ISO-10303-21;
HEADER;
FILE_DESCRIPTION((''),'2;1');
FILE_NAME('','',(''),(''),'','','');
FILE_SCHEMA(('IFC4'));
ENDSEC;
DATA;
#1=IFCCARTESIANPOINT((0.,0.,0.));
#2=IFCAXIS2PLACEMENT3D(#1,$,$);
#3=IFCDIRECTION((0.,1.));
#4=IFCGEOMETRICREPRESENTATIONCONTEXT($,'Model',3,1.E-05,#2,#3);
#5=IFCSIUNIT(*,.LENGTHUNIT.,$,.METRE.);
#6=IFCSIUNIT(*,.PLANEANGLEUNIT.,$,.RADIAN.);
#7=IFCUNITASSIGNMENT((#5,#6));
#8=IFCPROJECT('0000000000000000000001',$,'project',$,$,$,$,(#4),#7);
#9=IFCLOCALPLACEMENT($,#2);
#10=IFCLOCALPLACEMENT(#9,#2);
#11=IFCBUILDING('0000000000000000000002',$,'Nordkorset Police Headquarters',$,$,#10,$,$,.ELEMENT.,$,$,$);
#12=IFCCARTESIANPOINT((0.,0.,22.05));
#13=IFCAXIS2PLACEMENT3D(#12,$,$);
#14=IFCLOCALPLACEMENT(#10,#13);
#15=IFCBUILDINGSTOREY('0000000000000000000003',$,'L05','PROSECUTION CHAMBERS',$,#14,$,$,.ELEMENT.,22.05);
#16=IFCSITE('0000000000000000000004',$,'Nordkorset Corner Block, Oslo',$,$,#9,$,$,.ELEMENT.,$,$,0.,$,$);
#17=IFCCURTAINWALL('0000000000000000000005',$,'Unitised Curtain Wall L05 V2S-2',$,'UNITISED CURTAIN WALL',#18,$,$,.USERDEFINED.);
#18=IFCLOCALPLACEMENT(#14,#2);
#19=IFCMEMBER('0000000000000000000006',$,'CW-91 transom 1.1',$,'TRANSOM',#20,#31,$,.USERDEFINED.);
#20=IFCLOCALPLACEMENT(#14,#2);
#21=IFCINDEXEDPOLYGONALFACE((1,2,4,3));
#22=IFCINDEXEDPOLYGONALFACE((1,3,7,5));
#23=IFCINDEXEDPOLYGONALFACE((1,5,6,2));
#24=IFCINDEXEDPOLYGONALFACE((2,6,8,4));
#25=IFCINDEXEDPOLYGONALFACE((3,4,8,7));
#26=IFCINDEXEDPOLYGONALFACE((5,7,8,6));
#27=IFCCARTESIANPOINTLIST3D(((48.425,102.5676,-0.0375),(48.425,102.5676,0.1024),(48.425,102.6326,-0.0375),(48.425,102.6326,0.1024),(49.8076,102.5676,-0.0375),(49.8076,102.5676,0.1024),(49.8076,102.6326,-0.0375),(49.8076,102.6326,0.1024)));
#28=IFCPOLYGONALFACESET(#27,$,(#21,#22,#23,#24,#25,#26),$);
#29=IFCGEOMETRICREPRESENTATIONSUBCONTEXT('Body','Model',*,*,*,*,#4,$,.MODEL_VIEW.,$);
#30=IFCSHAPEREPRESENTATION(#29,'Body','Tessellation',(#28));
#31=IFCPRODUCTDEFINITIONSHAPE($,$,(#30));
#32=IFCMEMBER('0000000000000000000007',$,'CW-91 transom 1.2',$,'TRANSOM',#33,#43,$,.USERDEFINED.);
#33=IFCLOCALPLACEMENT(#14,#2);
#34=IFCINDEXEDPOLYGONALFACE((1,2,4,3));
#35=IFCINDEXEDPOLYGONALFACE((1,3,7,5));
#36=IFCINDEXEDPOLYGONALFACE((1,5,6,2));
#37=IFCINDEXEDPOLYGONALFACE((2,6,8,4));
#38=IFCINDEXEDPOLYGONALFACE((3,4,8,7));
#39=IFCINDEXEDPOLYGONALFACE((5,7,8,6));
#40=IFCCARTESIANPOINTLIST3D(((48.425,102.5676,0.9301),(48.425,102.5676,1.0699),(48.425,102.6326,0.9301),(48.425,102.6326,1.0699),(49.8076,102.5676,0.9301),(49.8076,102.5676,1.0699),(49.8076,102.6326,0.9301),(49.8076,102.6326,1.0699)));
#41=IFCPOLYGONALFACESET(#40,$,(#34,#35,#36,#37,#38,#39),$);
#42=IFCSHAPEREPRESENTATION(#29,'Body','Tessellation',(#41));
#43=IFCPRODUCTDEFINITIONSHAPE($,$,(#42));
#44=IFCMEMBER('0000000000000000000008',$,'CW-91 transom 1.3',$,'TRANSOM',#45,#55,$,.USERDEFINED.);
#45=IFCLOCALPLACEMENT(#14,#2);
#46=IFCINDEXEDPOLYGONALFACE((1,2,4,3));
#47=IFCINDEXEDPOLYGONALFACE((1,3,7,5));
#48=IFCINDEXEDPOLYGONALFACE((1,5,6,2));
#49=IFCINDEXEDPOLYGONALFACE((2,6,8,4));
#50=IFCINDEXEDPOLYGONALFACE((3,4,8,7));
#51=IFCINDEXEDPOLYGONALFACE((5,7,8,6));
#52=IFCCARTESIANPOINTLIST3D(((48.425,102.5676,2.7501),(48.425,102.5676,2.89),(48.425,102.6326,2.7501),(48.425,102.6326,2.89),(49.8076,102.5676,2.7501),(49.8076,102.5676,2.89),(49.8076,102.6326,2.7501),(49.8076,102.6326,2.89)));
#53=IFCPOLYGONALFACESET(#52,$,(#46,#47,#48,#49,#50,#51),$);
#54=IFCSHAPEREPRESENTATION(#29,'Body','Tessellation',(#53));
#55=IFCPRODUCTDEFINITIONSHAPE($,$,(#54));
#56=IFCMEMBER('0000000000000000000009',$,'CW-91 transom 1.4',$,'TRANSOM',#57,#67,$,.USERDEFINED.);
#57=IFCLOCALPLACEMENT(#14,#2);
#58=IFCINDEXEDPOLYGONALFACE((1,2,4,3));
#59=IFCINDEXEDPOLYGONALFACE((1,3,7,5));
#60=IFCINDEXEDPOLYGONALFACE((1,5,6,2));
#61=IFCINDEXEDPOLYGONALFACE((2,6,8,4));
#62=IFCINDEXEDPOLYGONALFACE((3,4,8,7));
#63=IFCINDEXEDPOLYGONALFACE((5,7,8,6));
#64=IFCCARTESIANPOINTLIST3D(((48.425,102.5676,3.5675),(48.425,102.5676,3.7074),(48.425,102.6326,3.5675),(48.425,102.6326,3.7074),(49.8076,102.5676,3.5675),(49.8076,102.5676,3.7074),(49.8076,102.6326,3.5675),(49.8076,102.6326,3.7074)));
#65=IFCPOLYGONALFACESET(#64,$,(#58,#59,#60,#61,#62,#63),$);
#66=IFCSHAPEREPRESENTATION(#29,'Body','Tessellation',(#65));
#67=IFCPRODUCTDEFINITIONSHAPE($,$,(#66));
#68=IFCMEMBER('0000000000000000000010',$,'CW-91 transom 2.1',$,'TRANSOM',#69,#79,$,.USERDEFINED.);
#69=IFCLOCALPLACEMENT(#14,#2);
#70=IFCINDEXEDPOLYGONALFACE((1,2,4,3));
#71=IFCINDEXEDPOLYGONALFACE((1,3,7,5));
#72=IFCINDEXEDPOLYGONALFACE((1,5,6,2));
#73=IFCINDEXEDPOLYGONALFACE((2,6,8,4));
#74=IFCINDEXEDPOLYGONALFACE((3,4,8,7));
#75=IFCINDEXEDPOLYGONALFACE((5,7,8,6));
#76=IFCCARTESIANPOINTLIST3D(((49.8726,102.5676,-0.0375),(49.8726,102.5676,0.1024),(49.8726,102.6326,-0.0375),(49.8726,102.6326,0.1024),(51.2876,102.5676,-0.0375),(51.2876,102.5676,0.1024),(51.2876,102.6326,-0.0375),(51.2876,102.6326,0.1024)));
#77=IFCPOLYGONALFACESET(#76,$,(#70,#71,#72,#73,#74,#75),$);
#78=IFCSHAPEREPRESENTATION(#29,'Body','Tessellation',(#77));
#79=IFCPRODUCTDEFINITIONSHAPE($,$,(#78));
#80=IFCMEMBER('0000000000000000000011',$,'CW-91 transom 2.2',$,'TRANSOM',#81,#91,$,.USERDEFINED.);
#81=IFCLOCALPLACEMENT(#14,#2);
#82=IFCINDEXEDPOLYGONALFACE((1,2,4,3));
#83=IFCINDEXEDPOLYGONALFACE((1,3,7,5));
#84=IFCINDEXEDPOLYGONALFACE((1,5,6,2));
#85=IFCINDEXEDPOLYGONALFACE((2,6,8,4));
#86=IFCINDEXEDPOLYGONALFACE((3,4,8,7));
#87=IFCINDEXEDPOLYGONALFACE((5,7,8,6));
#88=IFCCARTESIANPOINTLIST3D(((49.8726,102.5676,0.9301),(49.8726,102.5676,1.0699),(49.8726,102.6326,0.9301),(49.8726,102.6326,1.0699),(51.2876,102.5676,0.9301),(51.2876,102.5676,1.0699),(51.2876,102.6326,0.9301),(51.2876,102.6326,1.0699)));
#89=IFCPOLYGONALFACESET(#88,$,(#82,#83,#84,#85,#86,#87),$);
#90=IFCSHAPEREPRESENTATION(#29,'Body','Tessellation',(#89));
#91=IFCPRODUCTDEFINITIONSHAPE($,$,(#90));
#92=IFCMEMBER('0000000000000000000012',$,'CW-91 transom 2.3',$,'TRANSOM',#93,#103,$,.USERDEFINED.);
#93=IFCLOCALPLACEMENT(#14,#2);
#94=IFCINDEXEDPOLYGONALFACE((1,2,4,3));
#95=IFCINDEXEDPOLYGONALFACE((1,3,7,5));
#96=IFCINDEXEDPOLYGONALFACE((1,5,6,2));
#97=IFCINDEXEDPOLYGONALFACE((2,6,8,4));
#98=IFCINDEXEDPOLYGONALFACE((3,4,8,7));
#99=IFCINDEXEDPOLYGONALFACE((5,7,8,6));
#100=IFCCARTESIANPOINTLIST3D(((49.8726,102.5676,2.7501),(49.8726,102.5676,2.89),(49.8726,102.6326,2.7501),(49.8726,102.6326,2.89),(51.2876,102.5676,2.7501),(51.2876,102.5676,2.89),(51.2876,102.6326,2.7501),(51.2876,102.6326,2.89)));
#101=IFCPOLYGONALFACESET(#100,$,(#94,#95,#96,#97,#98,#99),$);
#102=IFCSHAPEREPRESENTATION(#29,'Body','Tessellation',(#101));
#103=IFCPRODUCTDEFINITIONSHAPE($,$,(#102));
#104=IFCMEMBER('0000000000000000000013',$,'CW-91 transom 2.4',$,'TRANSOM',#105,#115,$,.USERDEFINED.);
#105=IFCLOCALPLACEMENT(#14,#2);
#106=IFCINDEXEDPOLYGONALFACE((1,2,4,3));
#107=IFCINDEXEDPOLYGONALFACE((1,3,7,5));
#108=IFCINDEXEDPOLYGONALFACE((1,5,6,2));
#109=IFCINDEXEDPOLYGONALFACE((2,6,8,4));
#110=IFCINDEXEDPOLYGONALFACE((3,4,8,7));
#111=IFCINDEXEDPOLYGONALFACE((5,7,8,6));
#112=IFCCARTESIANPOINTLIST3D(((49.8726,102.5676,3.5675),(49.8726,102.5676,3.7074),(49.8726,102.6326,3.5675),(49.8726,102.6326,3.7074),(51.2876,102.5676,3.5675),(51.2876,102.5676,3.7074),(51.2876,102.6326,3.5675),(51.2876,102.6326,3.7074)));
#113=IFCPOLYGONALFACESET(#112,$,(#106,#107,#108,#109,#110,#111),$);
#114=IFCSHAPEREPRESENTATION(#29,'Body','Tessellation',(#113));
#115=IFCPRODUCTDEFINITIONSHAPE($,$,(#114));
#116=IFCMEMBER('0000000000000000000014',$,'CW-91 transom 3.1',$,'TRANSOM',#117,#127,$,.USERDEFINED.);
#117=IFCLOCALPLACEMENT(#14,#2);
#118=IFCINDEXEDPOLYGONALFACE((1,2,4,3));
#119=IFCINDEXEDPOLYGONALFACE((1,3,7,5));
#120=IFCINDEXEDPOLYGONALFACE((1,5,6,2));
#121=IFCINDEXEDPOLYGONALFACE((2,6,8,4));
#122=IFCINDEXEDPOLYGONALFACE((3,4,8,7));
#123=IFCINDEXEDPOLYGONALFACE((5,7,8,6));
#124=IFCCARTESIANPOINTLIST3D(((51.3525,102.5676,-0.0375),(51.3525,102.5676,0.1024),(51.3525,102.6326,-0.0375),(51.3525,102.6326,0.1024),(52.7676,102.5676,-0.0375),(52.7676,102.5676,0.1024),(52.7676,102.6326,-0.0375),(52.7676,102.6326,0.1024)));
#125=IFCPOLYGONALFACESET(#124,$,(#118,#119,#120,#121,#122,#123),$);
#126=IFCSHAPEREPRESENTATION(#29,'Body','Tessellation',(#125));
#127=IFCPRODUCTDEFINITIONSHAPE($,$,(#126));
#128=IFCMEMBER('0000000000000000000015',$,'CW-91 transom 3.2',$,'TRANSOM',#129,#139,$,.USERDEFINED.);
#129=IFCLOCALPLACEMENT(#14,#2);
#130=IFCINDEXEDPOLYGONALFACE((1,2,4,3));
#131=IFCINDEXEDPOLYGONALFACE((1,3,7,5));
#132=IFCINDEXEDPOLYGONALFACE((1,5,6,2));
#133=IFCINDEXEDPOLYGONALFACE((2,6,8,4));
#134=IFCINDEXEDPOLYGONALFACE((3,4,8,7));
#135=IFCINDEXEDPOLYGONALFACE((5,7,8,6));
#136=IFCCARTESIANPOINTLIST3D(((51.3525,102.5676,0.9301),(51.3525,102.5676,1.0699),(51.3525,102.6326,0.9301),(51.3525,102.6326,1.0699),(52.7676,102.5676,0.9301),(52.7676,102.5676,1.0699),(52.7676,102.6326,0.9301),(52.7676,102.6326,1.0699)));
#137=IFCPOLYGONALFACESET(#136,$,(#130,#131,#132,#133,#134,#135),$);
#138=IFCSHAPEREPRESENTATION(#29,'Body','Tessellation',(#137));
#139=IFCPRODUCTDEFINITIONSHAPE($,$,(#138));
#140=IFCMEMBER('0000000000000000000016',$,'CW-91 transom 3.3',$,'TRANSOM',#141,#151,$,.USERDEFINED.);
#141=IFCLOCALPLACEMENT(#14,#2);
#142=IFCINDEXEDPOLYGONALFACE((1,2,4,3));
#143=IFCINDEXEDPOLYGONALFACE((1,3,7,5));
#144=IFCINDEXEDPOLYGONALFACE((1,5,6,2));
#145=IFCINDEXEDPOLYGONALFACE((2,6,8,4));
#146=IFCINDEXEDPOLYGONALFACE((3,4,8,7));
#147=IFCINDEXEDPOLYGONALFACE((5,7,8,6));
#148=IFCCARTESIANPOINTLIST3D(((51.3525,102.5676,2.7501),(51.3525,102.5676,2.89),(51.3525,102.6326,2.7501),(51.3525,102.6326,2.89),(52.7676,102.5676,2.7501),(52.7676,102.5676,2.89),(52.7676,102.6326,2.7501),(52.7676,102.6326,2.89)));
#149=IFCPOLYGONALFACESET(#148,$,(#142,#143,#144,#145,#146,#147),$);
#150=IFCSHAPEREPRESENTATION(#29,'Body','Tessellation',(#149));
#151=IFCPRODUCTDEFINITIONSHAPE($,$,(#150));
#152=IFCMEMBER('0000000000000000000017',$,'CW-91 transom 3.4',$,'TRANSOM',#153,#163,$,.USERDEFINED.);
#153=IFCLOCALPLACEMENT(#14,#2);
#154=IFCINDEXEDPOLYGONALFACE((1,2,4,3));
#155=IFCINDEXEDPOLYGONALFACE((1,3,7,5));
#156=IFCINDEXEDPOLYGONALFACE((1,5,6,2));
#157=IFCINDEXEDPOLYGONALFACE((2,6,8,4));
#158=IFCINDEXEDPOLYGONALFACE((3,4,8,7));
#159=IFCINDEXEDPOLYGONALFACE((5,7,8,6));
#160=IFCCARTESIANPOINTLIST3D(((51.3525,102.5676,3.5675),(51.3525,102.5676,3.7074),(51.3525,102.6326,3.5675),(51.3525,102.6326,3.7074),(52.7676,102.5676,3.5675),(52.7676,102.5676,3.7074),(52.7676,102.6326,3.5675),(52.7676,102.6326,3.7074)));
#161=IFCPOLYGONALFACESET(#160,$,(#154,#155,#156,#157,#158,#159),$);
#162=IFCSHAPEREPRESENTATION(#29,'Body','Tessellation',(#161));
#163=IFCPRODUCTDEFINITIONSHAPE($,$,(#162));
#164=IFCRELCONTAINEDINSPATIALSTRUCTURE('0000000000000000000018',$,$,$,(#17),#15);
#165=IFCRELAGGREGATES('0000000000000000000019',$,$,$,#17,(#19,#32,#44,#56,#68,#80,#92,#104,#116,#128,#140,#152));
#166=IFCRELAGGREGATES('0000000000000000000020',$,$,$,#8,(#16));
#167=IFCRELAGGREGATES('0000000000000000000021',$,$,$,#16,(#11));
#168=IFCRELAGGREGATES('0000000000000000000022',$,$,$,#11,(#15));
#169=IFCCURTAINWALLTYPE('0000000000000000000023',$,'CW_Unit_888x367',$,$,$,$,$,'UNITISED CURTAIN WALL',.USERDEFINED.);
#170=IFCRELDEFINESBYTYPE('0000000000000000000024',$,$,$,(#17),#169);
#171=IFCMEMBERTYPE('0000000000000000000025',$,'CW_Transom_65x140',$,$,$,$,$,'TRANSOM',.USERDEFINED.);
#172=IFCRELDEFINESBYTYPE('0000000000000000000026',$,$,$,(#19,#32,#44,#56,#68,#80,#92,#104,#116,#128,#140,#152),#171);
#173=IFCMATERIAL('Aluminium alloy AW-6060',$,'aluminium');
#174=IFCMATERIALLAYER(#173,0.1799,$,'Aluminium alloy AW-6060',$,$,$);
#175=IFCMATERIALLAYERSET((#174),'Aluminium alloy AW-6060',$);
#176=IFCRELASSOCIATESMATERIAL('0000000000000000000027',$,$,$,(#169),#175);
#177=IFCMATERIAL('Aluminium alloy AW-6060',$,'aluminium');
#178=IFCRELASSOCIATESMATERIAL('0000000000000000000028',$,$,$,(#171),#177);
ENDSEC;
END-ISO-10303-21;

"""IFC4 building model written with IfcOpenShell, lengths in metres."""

from ifc_helpers import new_model, si_unit, direction, frame, origin, origin_2d, place, context, subcontext, project, spatial, rectangle, extrude, material, layer, layer_set, material_profile, profile_set, type_object, element, aggregate, save


model = new_model("IFC4")

# Units and contexts
model_context = context("Model", 3, precision=1e-05, world=origin(), true_north=direction((0.0, 1.0)))
body_context = subcontext(model_context, "Body", "Model", "MODEL_VIEW")
ifc_project = project(units=[si_unit("LENGTHUNIT", "METRE"), si_unit("PLANEANGLEUNIT", "RADIAN")], contexts=[model_context])

# Site, building, storey
site_placement = place(None, origin())
site = spatial("IfcSite", under=ifc_project, at=site_placement, Name="Nordkorset Corner Block, Oslo", CompositionType="ELEMENT", RefElevation=0.0)
building_placement = place(site_placement, origin())
building = spatial("IfcBuilding", under=site, at=building_placement, Name="Nordkorset Police Headquarters", CompositionType="ELEMENT")
storey_placement = place(building_placement, frame((0.0, 0.0, 22.05)))
storey = spatial("IfcBuildingStorey", under=building, at=storey_placement, Name="L05", Description="PROSECUTION CHAMBERS", CompositionType="ELEMENT", Elevation=22.05)

# Curtain wall, members
ifc_material_1 = material(Name="Aluminium alloy AW-6060", Category="aluminium")
ifc_layer_1 = layer(ifc_material_1, 0.1799, Name="Aluminium alloy AW-6060")
ifc_layer_set_1 = layer_set([ifc_layer_1], Name="Aluminium alloy AW-6060")
curtain_wall_type = type_object("IfcCurtainWallType", Name="CW_Unit_888x367", ElementType="UNITISED CURTAIN WALL", PredefinedType="USERDEFINED", material=ifc_layer_set_1)
curtain_wall_placement = place(storey_placement, origin())
curtain_wall = element("IfcCurtainWall", 1, at=curtain_wall_placement, inside=storey, type_object=curtain_wall_type, Name="Unitised Curtain Wall L05 V2S-2", ObjectType="UNITISED CURTAIN WALL", PredefinedType="USERDEFINED")
ifc_material_2 = material(Name="Aluminium alloy AW-6060", Category="aluminium")
ifc_material_profile_1 = material_profile(ifc_material_2, rectangle(XDim=0.0649, YDim=0.1399, at=origin_2d()), Name="ALU TRAN 65x140")
ifc_profile_set_1 = profile_set([ifc_material_profile_1], Name="Aluminium alloy AW-6060")
member_type_1 = type_object("IfcMemberType", Name="CW_Transom_65x140", ElementType="TRANSOM", PredefinedType="USERDEFINED", material=ifc_profile_set_1)
member_1_placement = place(storey_placement, frame((48.425, 102.6001, 0.0325), z_axis=(1.0, 0.0, 0.0), x_axis=(0.0, 1.0, 0.0)))
member_1 = element("IfcMember", 2, at=member_1_placement, type_object=member_type_1, Name="CW-91 transom 1.1", ObjectType="TRANSOM", PredefinedType="USERDEFINED", context=body_context, shape_type="SweptSolid", body=[
    extrude(rectangle(XDim=0.0649, YDim=0.1399, at=origin_2d()), origin(), (0.0, 0.0, 1.0), 1.3826),
])
member_2_placement = place(storey_placement, frame((48.425, 102.6001, 1.0), z_axis=(1.0, 0.0, 0.0), x_axis=(0.0, 1.0, 0.0)))
member_2 = element("IfcMember", 3, at=member_2_placement, type_object=member_type_1, Name="CW-91 transom 1.2", ObjectType="TRANSOM", PredefinedType="USERDEFINED", context=body_context, shape_type="SweptSolid", body=[
    extrude(rectangle(XDim=0.0649, YDim=0.1399, at=origin_2d()), origin(), (0.0, 0.0, 1.0), 1.3826),
])
member_3_placement = place(storey_placement, frame((48.425, 102.6001, 2.8201), z_axis=(1.0, 0.0, 0.0), x_axis=(0.0, 1.0, 0.0)))
member_3 = element("IfcMember", 4, at=member_3_placement, type_object=member_type_1, Name="CW-91 transom 1.3", ObjectType="TRANSOM", PredefinedType="USERDEFINED", context=body_context, shape_type="SweptSolid", body=[
    extrude(rectangle(XDim=0.0649, YDim=0.1399, at=origin_2d()), origin(), (0.0, 0.0, 1.0), 1.3826),
])
member_4_placement = place(storey_placement, frame((48.425, 102.6001, 3.6375), z_axis=(1.0, 0.0, 0.0), x_axis=(0.0, 1.0, 0.0)))
member_4 = element("IfcMember", 5, at=member_4_placement, type_object=member_type_1, Name="CW-91 transom 1.4", ObjectType="TRANSOM", PredefinedType="USERDEFINED", context=body_context, shape_type="SweptSolid", body=[
    extrude(rectangle(XDim=0.0649, YDim=0.1399, at=origin_2d()), origin(), (0.0, 0.0, 1.0), 1.3826),
])
member_5_placement = place(storey_placement, frame((49.8726, 102.6001, 0.0325), z_axis=(1.0, 0.0, 0.0), x_axis=(0.0, 1.0, 0.0)))
member_5 = element("IfcMember", 6, at=member_5_placement, type_object=member_type_1, Name="CW-91 transom 2.1", ObjectType="TRANSOM", PredefinedType="USERDEFINED", context=body_context, shape_type="SweptSolid", body=[
    extrude(rectangle(XDim=0.0649, YDim=0.1399, at=origin_2d()), origin(), (0.0, 0.0, 1.0), 1.415),
])
member_6_placement = place(storey_placement, frame((49.8726, 102.6001, 1.0), z_axis=(1.0, 0.0, 0.0), x_axis=(0.0, 1.0, 0.0)))
member_6 = element("IfcMember", 7, at=member_6_placement, type_object=member_type_1, Name="CW-91 transom 2.2", ObjectType="TRANSOM", PredefinedType="USERDEFINED", context=body_context, shape_type="SweptSolid", body=[
    extrude(rectangle(XDim=0.0649, YDim=0.1399, at=origin_2d()), origin(), (0.0, 0.0, 1.0), 1.415),
])
member_7_placement = place(storey_placement, frame((49.8726, 102.6001, 2.8201), z_axis=(1.0, 0.0, 0.0), x_axis=(0.0, 1.0, 0.0)))
member_7 = element("IfcMember", 8, at=member_7_placement, type_object=member_type_1, Name="CW-91 transom 2.3", ObjectType="TRANSOM", PredefinedType="USERDEFINED", context=body_context, shape_type="SweptSolid", body=[
    extrude(rectangle(XDim=0.0649, YDim=0.1399, at=origin_2d()), origin(), (0.0, 0.0, 1.0), 1.415),
])
member_8_placement = place(storey_placement, frame((49.8726, 102.6001, 3.6375), z_axis=(1.0, 0.0, 0.0), x_axis=(0.0, 1.0, 0.0)))
member_8 = element("IfcMember", 9, at=member_8_placement, type_object=member_type_1, Name="CW-91 transom 2.4", ObjectType="TRANSOM", PredefinedType="USERDEFINED", context=body_context, shape_type="SweptSolid", body=[
    extrude(rectangle(XDim=0.0649, YDim=0.1399, at=origin_2d()), origin(), (0.0, 0.0, 1.0), 1.415),
])
member_9_placement = place(storey_placement, frame((51.3525, 102.6001, 0.0325), z_axis=(1.0, 0.0, 0.0), x_axis=(0.0, 1.0, 0.0)))
member_9 = element("IfcMember", 10, at=member_9_placement, type_object=member_type_1, Name="CW-91 transom 3.1", ObjectType="TRANSOM", PredefinedType="USERDEFINED", context=body_context, shape_type="SweptSolid", body=[
    extrude(rectangle(XDim=0.0649, YDim=0.1399, at=origin_2d()), origin(), (0.0, 0.0, 1.0), 1.415),
])
member_10_placement = place(storey_placement, frame((51.3525, 102.6001, 1.0), z_axis=(1.0, 0.0, 0.0), x_axis=(0.0, 1.0, 0.0)))
member_10 = element("IfcMember", 11, at=member_10_placement, type_object=member_type_1, Name="CW-91 transom 3.2", ObjectType="TRANSOM", PredefinedType="USERDEFINED", context=body_context, shape_type="SweptSolid", body=[
    extrude(rectangle(XDim=0.0649, YDim=0.1399, at=origin_2d()), origin(), (0.0, 0.0, 1.0), 1.415),
])
member_11_placement = place(storey_placement, frame((51.3525, 102.6001, 2.8201), z_axis=(1.0, 0.0, 0.0), x_axis=(0.0, 1.0, 0.0)))
member_11 = element("IfcMember", 12, at=member_11_placement, type_object=member_type_1, Name="CW-91 transom 3.3", ObjectType="TRANSOM", PredefinedType="USERDEFINED", context=body_context, shape_type="SweptSolid", body=[
    extrude(rectangle(XDim=0.0649, YDim=0.1399, at=origin_2d()), origin(), (0.0, 0.0, 1.0), 1.415),
])
member_12_placement = place(storey_placement, frame((51.3525, 102.6001, 3.6375), z_axis=(1.0, 0.0, 0.0), x_axis=(0.0, 1.0, 0.0)))
member_12 = element("IfcMember", 13, at=member_12_placement, type_object=member_type_1, Name="CW-91 transom 3.4", ObjectType="TRANSOM", PredefinedType="USERDEFINED", context=body_context, shape_type="SweptSolid", body=[
    extrude(rectangle(XDim=0.0649, YDim=0.1399, at=origin_2d()), origin(), (0.0, 0.0, 1.0), 1.415),
])

aggregate(curtain_wall, [member_1, member_2, member_3, member_4, member_5, member_6, member_7, member_8, member_9, member_10, member_11, member_12])

save(model, "model.ifc")
